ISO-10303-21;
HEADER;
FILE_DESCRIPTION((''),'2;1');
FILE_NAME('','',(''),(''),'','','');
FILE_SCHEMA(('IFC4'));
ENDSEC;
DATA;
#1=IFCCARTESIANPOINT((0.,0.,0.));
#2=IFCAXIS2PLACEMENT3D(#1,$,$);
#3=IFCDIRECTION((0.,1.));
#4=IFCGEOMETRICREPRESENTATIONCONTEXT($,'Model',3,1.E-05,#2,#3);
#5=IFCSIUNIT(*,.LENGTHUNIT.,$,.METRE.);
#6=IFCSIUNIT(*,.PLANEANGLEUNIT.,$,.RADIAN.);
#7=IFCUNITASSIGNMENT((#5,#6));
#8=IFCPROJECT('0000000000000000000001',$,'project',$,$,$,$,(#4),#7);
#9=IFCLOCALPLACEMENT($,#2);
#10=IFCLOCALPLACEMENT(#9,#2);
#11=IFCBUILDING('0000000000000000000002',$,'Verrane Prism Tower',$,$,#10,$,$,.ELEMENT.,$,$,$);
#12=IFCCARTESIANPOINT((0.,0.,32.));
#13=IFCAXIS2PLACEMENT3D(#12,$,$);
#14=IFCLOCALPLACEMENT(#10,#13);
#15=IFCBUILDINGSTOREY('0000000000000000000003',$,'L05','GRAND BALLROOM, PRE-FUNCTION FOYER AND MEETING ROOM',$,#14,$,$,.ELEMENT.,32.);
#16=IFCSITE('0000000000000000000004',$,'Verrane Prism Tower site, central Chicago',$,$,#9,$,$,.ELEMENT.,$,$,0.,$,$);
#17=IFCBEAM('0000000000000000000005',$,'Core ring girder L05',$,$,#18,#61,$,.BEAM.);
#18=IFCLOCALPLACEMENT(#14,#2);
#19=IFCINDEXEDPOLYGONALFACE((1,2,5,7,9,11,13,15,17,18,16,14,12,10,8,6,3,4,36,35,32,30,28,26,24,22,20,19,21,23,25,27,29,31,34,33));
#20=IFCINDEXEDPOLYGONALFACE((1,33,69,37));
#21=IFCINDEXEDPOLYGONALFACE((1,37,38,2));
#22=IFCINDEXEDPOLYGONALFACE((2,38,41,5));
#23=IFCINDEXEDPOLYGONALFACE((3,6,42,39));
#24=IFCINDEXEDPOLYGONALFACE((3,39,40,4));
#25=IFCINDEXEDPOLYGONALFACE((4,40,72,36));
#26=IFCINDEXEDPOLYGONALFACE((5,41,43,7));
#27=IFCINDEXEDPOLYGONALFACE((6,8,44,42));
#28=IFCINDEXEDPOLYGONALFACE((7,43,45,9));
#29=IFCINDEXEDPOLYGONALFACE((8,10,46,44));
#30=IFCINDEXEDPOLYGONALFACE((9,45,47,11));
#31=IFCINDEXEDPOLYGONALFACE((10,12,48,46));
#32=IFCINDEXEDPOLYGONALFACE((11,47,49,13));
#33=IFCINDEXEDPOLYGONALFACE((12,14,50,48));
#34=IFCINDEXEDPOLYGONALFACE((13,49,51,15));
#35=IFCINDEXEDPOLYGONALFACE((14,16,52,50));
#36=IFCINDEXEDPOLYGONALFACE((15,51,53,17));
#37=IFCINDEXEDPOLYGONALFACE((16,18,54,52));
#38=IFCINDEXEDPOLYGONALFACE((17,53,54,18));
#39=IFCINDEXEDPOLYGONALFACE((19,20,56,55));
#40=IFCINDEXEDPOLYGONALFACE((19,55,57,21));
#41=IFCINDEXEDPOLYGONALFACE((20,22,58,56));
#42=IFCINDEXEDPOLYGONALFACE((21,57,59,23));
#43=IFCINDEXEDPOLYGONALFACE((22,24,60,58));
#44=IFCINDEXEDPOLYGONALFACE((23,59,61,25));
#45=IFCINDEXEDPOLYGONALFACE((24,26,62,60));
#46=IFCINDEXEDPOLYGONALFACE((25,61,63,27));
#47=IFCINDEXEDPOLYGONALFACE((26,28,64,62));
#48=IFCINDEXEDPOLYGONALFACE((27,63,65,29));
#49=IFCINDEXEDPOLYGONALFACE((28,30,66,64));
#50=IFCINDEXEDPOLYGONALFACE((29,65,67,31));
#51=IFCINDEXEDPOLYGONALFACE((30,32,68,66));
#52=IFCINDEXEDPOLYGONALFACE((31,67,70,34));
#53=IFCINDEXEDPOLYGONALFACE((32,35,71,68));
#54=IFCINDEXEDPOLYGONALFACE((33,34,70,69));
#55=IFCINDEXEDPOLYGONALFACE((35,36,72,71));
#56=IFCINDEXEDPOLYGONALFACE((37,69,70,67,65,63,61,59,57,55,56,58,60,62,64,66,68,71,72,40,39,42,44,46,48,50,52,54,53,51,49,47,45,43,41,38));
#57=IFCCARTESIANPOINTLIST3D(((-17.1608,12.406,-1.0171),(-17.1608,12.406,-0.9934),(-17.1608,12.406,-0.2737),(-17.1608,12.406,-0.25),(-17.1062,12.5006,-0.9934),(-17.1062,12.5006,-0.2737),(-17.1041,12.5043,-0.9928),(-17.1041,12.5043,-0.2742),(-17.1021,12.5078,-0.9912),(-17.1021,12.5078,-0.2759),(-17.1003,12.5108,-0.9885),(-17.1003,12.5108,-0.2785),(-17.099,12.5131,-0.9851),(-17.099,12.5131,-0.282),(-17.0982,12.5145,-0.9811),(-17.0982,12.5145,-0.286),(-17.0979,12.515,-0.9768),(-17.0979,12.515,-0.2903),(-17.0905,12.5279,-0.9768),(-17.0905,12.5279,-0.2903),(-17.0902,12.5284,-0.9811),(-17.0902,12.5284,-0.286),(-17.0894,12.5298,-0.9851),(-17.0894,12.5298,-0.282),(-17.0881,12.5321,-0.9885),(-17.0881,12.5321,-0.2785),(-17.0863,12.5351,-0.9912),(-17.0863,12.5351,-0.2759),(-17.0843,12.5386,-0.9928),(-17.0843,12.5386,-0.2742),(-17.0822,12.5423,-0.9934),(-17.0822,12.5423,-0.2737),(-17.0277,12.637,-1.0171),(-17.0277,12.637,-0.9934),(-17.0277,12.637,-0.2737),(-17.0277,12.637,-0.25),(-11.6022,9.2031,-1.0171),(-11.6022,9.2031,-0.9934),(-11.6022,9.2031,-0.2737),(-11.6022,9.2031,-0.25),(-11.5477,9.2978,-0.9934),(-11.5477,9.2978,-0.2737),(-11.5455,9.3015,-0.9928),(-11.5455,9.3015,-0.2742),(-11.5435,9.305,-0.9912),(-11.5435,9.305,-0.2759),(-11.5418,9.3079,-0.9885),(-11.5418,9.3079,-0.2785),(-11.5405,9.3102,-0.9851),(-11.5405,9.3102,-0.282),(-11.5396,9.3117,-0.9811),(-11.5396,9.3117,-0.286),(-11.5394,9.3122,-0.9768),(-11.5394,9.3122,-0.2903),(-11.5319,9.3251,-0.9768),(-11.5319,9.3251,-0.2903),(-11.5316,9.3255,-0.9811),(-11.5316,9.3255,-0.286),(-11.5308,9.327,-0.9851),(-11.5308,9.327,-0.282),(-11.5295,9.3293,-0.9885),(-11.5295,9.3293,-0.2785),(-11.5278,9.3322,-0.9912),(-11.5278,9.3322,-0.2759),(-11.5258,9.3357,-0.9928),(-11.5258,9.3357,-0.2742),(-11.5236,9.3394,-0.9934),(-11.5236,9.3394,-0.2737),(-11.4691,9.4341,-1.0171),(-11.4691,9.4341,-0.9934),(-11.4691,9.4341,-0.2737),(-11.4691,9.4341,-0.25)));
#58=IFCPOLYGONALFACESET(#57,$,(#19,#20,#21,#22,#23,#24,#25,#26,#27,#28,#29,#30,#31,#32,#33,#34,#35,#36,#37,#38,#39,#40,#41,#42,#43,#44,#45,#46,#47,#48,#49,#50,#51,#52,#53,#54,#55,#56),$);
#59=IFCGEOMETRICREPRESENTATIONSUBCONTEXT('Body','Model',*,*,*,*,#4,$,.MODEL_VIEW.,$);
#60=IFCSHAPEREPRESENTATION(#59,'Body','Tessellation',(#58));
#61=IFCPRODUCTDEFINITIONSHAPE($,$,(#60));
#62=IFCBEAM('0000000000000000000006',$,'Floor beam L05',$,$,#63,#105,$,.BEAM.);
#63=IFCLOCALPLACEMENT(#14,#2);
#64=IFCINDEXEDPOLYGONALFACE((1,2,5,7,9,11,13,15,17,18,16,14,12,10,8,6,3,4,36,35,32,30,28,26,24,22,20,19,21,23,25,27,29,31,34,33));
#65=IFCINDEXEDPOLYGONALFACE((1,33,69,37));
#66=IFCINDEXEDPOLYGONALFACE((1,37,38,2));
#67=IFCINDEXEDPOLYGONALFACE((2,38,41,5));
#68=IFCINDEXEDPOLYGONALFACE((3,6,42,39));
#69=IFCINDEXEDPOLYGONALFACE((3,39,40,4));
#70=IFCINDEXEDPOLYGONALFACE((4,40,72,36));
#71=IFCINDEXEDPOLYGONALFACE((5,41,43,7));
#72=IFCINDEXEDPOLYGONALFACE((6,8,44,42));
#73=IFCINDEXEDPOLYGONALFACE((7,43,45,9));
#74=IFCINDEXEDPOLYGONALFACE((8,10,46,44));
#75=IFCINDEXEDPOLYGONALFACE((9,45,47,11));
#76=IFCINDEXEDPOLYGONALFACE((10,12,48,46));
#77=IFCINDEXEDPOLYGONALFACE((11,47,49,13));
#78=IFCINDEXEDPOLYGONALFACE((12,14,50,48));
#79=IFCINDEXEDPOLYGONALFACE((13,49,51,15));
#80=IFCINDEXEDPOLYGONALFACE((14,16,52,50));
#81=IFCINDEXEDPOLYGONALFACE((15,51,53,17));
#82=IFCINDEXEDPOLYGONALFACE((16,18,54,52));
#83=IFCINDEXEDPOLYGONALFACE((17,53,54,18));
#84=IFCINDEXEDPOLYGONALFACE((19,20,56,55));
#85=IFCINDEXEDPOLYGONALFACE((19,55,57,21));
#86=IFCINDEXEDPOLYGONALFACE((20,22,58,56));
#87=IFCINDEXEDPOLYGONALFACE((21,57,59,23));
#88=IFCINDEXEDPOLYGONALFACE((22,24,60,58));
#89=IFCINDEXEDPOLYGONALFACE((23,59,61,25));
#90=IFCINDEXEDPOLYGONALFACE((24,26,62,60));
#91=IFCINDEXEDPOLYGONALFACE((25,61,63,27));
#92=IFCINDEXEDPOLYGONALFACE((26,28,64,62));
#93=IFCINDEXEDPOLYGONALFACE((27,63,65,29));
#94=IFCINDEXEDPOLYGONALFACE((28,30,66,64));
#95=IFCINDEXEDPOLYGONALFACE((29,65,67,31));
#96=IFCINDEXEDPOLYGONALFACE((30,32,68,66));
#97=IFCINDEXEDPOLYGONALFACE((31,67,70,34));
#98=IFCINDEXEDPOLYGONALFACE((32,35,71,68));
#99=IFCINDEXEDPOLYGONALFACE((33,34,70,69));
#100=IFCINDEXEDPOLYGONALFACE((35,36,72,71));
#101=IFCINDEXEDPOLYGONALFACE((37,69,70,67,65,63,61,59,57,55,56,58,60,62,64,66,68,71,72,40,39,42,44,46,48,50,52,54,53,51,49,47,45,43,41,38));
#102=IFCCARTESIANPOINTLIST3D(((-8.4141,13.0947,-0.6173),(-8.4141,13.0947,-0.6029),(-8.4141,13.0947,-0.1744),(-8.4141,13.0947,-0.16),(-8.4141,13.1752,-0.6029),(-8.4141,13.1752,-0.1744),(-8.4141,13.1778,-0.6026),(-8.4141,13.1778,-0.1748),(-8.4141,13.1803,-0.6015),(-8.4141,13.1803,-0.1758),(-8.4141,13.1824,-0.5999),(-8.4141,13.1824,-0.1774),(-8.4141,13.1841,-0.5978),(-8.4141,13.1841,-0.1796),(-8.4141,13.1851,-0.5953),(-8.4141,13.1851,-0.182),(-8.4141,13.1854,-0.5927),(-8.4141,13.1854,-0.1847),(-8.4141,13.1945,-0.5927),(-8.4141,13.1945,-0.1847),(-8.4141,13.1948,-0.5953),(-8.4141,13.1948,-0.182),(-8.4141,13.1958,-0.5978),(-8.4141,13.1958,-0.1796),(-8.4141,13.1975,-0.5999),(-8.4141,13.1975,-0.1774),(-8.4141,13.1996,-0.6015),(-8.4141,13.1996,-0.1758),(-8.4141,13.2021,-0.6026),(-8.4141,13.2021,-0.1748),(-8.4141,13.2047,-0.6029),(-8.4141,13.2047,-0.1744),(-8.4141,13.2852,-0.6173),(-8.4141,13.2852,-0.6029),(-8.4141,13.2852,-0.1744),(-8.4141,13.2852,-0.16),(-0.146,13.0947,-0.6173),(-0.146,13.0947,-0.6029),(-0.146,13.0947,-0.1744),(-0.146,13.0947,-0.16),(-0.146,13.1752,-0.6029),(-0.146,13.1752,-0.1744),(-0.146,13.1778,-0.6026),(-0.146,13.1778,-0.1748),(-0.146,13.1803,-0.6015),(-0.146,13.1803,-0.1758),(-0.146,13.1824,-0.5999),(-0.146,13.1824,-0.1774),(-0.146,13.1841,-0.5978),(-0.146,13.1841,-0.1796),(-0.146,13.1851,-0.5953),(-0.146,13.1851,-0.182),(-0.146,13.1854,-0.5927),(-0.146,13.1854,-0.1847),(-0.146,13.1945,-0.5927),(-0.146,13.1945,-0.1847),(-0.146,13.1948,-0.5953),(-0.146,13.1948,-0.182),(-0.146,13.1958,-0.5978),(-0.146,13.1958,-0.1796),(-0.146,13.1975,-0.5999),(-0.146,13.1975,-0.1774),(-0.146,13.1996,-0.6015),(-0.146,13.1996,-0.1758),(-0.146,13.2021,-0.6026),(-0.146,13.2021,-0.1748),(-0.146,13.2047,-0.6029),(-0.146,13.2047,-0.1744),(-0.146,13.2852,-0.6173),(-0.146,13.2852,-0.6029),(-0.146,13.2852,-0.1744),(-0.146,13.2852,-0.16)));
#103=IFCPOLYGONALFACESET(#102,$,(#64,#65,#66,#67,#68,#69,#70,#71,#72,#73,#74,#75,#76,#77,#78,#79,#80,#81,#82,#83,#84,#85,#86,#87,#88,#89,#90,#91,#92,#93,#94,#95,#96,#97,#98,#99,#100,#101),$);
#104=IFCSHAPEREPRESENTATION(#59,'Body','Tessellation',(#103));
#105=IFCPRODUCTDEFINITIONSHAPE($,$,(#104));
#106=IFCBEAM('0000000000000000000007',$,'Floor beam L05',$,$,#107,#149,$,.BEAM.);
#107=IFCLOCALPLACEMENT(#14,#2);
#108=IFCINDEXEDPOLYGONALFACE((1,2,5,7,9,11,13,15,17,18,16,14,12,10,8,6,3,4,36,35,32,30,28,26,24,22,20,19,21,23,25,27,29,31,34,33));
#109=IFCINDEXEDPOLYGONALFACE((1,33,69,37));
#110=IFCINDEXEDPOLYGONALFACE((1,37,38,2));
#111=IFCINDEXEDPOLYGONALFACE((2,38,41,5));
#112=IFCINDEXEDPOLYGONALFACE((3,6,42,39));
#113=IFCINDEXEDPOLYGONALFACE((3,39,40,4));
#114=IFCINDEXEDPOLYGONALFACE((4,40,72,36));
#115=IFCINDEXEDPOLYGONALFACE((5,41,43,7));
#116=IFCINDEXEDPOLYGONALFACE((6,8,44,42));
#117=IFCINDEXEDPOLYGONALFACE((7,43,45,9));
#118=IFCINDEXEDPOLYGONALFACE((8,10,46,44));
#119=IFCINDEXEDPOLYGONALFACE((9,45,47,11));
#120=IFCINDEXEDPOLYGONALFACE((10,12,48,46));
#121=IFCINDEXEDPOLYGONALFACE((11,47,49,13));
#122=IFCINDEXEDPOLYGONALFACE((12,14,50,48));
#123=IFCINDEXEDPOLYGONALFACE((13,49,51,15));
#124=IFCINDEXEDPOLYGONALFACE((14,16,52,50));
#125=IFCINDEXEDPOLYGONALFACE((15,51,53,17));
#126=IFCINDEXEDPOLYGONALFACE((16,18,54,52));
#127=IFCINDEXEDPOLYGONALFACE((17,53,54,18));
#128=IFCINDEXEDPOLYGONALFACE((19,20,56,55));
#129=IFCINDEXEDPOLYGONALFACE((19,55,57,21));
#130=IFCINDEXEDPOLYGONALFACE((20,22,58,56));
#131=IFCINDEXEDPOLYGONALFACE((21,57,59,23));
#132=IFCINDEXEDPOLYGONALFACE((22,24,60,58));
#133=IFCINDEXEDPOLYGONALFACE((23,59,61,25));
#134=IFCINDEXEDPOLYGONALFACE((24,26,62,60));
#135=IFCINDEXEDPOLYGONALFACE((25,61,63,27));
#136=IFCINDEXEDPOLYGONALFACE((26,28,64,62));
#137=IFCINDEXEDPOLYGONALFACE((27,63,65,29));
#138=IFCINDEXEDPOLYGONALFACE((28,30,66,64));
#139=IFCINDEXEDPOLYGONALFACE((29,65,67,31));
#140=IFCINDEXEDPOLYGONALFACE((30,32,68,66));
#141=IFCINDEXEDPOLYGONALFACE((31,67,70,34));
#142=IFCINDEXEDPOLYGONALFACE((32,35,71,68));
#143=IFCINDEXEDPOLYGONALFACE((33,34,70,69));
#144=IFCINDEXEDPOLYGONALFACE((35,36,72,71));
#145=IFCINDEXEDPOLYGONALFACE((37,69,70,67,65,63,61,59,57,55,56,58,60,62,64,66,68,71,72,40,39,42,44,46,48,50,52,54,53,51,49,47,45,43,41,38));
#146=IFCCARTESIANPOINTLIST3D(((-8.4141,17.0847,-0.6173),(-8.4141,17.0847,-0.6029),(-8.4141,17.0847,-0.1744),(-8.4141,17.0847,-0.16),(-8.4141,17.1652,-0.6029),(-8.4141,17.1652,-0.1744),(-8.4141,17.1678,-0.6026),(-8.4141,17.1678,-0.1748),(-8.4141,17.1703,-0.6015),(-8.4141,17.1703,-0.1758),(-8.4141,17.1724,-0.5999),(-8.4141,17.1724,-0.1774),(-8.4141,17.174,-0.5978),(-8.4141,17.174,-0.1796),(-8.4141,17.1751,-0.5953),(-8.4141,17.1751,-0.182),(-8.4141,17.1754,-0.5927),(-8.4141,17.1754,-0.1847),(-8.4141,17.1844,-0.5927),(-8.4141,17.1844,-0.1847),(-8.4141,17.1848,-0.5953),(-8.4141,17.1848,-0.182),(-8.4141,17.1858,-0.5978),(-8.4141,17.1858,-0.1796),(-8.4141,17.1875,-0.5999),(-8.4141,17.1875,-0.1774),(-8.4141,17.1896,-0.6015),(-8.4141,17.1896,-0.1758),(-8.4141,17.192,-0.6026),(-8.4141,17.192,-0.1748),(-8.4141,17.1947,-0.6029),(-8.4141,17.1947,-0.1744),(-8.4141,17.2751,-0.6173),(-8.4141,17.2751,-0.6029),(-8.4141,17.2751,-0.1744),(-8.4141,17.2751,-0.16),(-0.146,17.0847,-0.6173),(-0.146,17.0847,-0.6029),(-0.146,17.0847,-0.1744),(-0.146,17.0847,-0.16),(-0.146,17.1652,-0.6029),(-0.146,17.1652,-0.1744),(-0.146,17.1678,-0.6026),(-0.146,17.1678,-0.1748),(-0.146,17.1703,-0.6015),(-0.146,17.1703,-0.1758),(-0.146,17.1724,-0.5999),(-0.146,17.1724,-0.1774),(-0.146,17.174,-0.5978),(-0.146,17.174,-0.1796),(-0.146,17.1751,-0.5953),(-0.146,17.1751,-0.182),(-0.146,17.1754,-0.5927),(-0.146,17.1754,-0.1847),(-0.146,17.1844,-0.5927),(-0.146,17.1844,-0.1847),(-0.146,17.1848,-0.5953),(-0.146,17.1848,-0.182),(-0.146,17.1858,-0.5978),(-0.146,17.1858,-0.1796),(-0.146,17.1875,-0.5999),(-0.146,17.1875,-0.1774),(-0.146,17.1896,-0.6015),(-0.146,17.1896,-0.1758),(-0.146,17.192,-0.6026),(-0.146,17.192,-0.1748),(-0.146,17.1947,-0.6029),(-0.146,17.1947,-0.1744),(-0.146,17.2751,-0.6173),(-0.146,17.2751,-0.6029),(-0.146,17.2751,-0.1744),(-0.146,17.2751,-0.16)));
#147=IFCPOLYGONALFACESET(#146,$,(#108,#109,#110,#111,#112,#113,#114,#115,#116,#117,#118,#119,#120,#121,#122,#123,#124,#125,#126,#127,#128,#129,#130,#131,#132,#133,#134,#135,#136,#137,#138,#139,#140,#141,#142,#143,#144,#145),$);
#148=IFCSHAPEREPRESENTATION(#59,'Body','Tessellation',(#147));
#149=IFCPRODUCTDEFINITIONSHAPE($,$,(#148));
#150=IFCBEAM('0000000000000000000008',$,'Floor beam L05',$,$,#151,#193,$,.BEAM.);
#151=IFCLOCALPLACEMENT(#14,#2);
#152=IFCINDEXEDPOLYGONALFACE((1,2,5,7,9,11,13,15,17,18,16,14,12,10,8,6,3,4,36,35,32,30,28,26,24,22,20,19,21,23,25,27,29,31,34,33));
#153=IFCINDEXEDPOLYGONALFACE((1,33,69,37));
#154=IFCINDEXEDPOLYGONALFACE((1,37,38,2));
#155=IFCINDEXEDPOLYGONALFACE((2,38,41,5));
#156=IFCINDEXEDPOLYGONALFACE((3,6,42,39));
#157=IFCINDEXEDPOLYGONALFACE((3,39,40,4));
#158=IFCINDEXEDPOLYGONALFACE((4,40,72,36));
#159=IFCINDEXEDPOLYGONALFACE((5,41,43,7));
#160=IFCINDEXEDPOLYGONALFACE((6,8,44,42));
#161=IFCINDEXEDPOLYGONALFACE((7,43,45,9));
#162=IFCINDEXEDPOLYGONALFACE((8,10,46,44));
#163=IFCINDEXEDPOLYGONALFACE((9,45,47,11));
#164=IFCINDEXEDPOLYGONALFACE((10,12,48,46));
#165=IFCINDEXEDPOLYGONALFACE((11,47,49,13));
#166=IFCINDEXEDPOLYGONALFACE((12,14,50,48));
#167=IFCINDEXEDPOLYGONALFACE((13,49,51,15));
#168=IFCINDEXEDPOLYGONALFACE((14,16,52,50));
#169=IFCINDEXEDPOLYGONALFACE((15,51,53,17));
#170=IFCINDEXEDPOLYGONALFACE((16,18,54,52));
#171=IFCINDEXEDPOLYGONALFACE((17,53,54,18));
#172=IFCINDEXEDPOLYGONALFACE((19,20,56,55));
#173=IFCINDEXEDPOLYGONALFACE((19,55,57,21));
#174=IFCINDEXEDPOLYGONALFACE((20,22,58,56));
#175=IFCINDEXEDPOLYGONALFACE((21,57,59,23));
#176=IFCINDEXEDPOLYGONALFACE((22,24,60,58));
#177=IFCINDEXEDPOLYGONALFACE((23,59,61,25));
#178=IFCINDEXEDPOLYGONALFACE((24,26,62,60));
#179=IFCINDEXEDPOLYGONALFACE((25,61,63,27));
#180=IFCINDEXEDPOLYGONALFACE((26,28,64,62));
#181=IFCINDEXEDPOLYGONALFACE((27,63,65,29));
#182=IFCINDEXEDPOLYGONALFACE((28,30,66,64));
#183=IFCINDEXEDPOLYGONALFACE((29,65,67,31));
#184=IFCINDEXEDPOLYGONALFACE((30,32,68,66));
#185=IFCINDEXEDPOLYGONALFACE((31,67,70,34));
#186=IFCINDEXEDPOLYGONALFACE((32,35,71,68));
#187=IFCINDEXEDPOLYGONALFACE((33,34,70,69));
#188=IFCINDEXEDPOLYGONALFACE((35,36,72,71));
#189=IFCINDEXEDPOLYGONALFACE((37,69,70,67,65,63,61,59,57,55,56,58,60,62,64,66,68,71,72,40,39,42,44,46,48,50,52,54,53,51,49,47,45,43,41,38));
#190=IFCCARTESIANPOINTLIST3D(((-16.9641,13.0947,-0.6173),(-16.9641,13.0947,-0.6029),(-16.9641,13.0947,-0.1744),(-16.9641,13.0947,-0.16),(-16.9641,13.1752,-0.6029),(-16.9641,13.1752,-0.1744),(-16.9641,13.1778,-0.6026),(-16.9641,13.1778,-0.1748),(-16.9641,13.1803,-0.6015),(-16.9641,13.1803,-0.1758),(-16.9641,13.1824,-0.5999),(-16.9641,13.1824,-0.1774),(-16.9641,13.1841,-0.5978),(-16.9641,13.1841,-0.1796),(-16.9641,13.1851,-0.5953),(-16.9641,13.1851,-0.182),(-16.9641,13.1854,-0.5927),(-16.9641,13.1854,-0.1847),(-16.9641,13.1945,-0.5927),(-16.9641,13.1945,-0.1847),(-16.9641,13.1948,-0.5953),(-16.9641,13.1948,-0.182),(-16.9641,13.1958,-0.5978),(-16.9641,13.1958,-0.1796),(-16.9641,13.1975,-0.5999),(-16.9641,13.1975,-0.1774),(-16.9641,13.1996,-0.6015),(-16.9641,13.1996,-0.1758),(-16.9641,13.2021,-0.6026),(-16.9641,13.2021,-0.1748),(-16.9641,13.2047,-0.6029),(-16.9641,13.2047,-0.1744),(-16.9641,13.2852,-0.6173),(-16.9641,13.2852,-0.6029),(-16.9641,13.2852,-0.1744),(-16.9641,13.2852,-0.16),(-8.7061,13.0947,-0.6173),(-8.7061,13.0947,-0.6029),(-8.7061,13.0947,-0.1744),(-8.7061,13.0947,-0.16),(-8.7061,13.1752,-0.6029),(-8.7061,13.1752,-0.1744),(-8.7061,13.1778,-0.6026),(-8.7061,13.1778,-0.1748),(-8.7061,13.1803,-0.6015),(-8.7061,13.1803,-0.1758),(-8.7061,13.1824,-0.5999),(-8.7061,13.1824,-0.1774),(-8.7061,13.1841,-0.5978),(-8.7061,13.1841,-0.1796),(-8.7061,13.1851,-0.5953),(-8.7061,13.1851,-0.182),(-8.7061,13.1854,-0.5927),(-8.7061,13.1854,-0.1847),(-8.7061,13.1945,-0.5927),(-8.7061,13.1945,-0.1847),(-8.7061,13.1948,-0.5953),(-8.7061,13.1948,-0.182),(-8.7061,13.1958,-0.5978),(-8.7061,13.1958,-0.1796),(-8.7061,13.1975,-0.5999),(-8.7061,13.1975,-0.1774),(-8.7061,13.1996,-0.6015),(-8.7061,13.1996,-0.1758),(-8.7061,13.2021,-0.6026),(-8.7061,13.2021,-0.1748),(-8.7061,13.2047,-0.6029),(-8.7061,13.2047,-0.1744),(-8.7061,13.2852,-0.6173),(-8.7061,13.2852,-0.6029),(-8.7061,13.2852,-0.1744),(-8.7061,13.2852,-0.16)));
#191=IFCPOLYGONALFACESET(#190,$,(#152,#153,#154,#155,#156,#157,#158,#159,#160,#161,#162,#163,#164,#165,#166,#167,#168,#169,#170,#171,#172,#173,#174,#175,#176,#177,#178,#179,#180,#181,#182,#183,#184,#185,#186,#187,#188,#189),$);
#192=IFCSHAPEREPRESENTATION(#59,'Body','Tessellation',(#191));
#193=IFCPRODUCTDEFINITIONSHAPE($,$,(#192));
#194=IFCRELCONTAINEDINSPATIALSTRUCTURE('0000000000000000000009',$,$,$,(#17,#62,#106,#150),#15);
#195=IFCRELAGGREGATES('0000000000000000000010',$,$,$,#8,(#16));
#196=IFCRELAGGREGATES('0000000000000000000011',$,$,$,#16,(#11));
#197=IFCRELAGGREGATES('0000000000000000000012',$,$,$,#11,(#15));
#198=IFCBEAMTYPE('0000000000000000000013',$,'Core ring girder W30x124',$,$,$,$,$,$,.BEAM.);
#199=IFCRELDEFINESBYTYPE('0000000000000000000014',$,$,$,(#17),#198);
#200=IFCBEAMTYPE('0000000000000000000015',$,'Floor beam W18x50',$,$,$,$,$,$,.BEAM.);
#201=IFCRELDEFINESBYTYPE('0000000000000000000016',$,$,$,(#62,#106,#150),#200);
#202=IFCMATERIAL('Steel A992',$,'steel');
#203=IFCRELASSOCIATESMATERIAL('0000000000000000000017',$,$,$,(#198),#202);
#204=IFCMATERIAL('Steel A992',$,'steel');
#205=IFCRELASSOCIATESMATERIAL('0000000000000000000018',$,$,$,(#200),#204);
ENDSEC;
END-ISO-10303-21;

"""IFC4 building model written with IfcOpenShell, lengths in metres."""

from ifc_helpers import new_model, si_unit, direction, frame, origin, origin_2d, place, context, subcontext, project, spatial, i_section, extrude, material, material_profile, profile_set, type_object, element, save


model = new_model("IFC4")

# Units and contexts
model_context = context("Model", 3, precision=1e-05, world=origin(), true_north=direction((0.0, 1.0)))
body_context = subcontext(model_context, "Body", "Model", "MODEL_VIEW")
ifc_project = project(units=[si_unit("LENGTHUNIT", "METRE"), si_unit("PLANEANGLEUNIT", "RADIAN")], contexts=[model_context])

# Site, building, storey
site_placement = place(None, origin())
site = spatial("IfcSite", under=ifc_project, at=site_placement, Name="Verrane Prism Tower site, central Chicago", CompositionType="ELEMENT", RefElevation=0.0)
building_placement = place(site_placement, origin())
building = spatial("IfcBuilding", under=site, at=building_placement, Name="Verrane Prism Tower", CompositionType="ELEMENT")
storey_placement = place(building_placement, frame((0.0, 0.0, 32.0)))
storey = spatial("IfcBuildingStorey", under=building, at=storey_placement, Name="L05", Description="GRAND BALLROOM, PRE-FUNCTION FOYER AND MEETING ROOM", CompositionType="ELEMENT", Elevation=32.0)

# Beams
ifc_material_1 = material(Name="Steel A992", Category="steel")
ifc_material_profile_1 = material_profile(ifc_material_1, i_section(OverallWidth=0.2666, OverallDepth=0.7671, WebThickness=0.0149, FlangeThickness=0.0237, FilletRadius=0.0166, at=origin_2d()), Name="W30x124")
ifc_profile_set_1 = profile_set([ifc_material_profile_1], Name="Steel A992")
beam_type_1 = type_object("IfcBeamType", Name="Core ring girder W30x124", PredefinedType="BEAM", material=ifc_profile_set_1)
beam_1_placement = place(storey_placement, frame((-11.5356, 9.3186, -0.6335), z_axis=(-0.866455, 0.499255, 0.0), x_axis=(-0.499255, -0.866455, 0.0)))
element("IfcBeam", 1, at=beam_1_placement, inside=storey, type_object=beam_type_1, Name="Core ring girder L05", PredefinedType="BEAM", context=body_context, shape_type="SweptSolid", body=[
    extrude(i_section(OverallWidth=0.2666, OverallDepth=0.7671, WebThickness=0.0149, FlangeThickness=0.0237, FilletRadius=0.0166, at=origin_2d()), origin(), (0.0, 0.0, 1.0), 6.4153),
])
ifc_material_2 = material(Name="Steel A992", Category="steel")
ifc_material_profile_2 = material_profile(ifc_material_2, i_section(OverallWidth=0.1904, OverallDepth=0.4573, WebThickness=0.009, FlangeThickness=0.0144, FilletRadius=0.0103, at=origin_2d()), Name="W18x50")
ifc_profile_set_2 = profile_set([ifc_material_profile_2], Name="Steel A992")
beam_type_2 = type_object("IfcBeamType", Name="Floor beam W18x50", PredefinedType="BEAM", material=ifc_profile_set_2)
for number, where, z_axis, x_axis, name in (
    (2, (-8.4141, 13.1899, -0.3887), (1.0, 0.0, 0.0), (0.0, 1.0, 0.0), "Floor beam L05"),
    (3, (-8.4141, 17.1799, -0.3887), (1.0, 0.0, 0.0), (0.0, 1.0, 0.0), "Floor beam L05"),
):
    element("IfcBeam", number, at=place(storey_placement, frame(where, z_axis=z_axis, x_axis=x_axis)), inside=storey, type_object=beam_type_2, Name=name, PredefinedType="BEAM", context=body_context, shape_type="SweptSolid", body=[
        extrude(i_section(OverallWidth=0.1904, OverallDepth=0.4573, WebThickness=0.009, FlangeThickness=0.0144, FilletRadius=0.0103, at=origin_2d()), origin(), (0.0, 0.0, 1.0), 8.2681),
    ])
for number, where, z_axis, x_axis, name in (
    (4, (-16.9641, 13.1899, -0.3887), (1.0, 0.0, 0.0), (0.0, 1.0, 0.0), "Floor beam L05"),
):
    element("IfcBeam", number, at=place(storey_placement, frame(where, z_axis=z_axis, x_axis=x_axis)), inside=storey, type_object=beam_type_2, Name=name, PredefinedType="BEAM", context=body_context, shape_type="SweptSolid", body=[
        extrude(i_section(OverallWidth=0.1904, OverallDepth=0.4573, WebThickness=0.009, FlangeThickness=0.0144, FilletRadius=0.0103, at=origin_2d()), origin(), (0.0, 0.0, 1.0), 8.2581),
    ])

save(model, "model.ifc")
